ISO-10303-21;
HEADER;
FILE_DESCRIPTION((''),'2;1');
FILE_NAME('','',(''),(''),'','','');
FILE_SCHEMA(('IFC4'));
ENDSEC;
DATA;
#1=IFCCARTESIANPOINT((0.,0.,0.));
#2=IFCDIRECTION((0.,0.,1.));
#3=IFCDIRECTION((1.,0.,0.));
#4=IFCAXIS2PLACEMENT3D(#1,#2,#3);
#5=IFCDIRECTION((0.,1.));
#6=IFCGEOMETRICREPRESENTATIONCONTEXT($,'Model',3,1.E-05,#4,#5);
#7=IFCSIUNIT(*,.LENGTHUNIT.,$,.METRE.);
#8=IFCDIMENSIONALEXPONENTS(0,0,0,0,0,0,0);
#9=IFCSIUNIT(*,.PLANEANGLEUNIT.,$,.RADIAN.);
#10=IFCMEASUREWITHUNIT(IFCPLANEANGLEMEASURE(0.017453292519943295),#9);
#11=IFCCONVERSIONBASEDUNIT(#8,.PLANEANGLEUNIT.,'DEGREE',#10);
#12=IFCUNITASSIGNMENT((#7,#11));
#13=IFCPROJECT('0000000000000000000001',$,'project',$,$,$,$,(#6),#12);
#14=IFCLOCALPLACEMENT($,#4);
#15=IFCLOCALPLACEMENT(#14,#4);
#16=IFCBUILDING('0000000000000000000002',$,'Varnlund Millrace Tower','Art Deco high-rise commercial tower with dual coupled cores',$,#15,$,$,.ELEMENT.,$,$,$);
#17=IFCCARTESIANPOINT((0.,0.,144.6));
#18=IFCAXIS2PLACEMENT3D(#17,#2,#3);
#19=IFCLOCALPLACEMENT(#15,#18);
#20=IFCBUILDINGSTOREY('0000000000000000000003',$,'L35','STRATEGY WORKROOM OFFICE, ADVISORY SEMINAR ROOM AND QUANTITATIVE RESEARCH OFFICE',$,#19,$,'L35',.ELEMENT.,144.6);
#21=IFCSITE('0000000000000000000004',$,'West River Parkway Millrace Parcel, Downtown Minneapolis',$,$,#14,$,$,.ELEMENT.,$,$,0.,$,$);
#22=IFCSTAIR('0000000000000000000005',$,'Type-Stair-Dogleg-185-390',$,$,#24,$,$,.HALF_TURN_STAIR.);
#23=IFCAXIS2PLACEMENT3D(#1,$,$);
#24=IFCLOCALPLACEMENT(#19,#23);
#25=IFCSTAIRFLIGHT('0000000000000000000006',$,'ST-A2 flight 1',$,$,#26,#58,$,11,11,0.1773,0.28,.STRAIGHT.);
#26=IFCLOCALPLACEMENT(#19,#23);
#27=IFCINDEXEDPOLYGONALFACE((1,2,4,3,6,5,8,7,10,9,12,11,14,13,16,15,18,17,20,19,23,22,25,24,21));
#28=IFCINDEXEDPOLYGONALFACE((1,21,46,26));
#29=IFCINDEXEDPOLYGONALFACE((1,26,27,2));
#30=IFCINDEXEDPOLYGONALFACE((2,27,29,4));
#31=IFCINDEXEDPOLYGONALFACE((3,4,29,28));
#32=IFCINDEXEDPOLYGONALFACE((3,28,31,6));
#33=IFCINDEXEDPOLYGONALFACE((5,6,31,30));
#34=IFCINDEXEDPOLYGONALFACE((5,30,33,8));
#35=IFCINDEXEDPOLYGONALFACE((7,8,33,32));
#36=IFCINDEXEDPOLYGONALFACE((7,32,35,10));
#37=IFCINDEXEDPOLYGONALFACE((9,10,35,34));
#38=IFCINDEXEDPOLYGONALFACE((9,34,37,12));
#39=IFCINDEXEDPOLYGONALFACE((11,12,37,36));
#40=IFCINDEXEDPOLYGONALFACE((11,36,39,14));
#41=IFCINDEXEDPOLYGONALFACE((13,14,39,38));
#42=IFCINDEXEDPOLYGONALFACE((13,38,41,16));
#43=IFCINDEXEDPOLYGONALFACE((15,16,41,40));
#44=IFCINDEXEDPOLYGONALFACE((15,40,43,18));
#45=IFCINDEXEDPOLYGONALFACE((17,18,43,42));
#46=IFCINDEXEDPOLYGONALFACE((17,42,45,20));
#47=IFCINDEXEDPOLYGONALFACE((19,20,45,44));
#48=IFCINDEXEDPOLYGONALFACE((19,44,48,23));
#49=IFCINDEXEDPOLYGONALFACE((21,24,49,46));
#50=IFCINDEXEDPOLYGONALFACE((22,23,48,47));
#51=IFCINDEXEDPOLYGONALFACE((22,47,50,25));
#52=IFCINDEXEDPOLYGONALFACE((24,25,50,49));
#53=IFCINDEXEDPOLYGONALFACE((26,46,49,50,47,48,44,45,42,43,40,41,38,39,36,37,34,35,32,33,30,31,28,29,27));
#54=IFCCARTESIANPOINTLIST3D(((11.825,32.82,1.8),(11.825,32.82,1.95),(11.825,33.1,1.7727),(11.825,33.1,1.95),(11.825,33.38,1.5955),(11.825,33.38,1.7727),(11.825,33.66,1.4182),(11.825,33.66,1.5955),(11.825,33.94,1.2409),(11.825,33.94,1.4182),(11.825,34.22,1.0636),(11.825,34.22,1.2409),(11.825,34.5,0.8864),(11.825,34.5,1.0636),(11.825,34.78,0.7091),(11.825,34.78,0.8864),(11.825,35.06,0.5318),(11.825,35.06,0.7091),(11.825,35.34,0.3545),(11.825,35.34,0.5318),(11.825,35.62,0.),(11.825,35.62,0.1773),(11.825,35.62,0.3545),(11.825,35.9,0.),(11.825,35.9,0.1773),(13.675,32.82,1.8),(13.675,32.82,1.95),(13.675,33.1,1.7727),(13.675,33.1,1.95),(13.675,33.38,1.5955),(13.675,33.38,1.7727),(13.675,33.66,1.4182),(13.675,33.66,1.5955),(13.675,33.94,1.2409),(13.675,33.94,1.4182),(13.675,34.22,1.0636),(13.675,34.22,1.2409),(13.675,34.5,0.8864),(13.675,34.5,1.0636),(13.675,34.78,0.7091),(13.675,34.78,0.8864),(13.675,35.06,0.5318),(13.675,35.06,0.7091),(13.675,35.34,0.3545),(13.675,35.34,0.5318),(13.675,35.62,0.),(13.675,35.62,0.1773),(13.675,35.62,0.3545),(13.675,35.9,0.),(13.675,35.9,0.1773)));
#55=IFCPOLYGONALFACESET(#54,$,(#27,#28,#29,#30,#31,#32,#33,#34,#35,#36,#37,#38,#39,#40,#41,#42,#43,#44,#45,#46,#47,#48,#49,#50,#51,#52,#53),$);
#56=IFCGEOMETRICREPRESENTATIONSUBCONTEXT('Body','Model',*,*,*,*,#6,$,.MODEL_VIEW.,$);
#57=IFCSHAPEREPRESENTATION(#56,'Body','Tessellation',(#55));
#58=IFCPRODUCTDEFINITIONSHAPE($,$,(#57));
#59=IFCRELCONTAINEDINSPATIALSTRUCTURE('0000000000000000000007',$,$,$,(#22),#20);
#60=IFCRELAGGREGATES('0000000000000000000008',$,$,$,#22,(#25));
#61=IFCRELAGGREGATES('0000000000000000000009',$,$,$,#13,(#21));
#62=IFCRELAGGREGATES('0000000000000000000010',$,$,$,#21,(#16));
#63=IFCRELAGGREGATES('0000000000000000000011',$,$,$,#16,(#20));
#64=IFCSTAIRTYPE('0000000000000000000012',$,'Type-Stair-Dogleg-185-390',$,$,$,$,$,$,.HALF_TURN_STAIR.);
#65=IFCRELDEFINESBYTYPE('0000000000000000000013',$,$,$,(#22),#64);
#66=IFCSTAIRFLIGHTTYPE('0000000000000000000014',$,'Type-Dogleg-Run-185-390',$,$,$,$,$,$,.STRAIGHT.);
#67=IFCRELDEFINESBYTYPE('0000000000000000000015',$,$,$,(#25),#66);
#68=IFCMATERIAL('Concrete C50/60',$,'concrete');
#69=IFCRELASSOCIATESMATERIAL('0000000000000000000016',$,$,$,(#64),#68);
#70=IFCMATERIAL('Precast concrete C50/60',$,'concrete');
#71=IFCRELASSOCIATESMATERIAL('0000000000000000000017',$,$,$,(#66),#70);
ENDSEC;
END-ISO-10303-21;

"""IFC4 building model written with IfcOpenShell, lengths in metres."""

from ifc_helpers import new_model, entity, si_unit, converted_unit, direction, frame, origin_with_axes, place, context, subcontext, project, spatial, polyline, outline, extrude, material, type_object, element, aggregate, save


model = new_model("IFC4")

# Units and contexts
model_context = context("Model", 3, precision=1e-05, world=origin_with_axes(), true_north=direction((0.0, 1.0)))
body_context = subcontext(model_context, "Body", "Model", "MODEL_VIEW")
ifc_project = project(units=[si_unit("LENGTHUNIT", "METRE"), converted_unit("PLANEANGLEUNIT", "DEGREE", entity("IfcPlaneAngleMeasure", 0.017453292519943295), si_unit("PLANEANGLEUNIT", "RADIAN"), dimensions=[0, 0, 0, 0, 0, 0, 0])], contexts=[model_context])

# Site, building, storey
site_placement = place(None, origin_with_axes())
site = spatial("IfcSite", under=ifc_project, at=site_placement, Name="West River Parkway Millrace Parcel, Downtown Minneapolis", CompositionType="ELEMENT", RefElevation=0.0)
building_placement = place(site_placement, origin_with_axes())
building = spatial("IfcBuilding", under=site, at=building_placement, Name="Varnlund Millrace Tower", Description="Art Deco high-rise commercial tower with dual coupled cores", CompositionType="ELEMENT")
storey_placement = place(building_placement, frame((0.0, 0.0, 144.6), z_axis=(0.0, 0.0, 1.0), x_axis=(1.0, 0.0, 0.0)))
storey = spatial("IfcBuildingStorey", under=building, at=storey_placement, Name="L35", Description="STRATEGY WORKROOM OFFICE, ADVISORY SEMINAR ROOM AND QUANTITATIVE RESEARCH OFFICE", LongName="L35", CompositionType="ELEMENT", Elevation=144.6)

# Stair, stair flight
ifc_material_1 = material(Name="Concrete C50/60", Category="concrete")
stair_type = type_object("IfcStairType", Name="Type-Stair-Dogleg-185-390", PredefinedType="HALF_TURN_STAIR", material=ifc_material_1)
ifc_material_2 = material(Name="Precast concrete C50/60", Category="concrete")
stair_flight_type = type_object("IfcStairFlightType", Name="Type-Dogleg-Run-185-390", PredefinedType="STRAIGHT", material=ifc_material_2)
stair_1_placement = place(storey_placement, origin_with_axes())
stair_1 = element("IfcStair", 1, at=stair_1_placement, inside=storey, type_object=stair_type, Name="Type-Stair-Dogleg-185-390", PredefinedType="HALF_TURN_STAIR")
stair_flight_1_placement = place(storey_placement, frame((13.675, 35.9, 0.0), z_axis=(-1.0, 0.0, 0.0), x_axis=(0.0, -1.0, 0.0)))
stair_flight_1 = element("IfcStairFlight", 2, at=stair_flight_1_placement, type_object=stair_flight_type, Name="ST-A2 flight 1", NumberOfRisers=11, NumberOfTreads=11, PredefinedType="STRAIGHT", RiserHeight=0.1773, TreadLength=0.28, context=body_context, shape_type="SweptSolid", body=[
    extrude(outline(polyline([(0.0, 0.0), (0.0, 0.1773), (0.28, 0.1773), (0.28, 0.3545), (0.56, 0.3545), (0.56, 0.5318), (0.84, 0.5318), (0.84, 0.7091), (1.12, 0.7091), (1.12, 0.8864), (1.4, 0.8864), (1.4, 1.0636), (1.68, 1.0636), (1.68, 1.2409), (1.96, 1.2409), (1.96, 1.4182), (2.24, 1.4182), (2.24, 1.5955), (2.52, 1.5955), (2.52, 1.7727), (2.8, 1.7727), (2.8, 1.95), (3.08, 1.95), (3.08, 1.8), (0.28, 0.0), (0.0, 0.0)])), origin_with_axes(), (0.0, 0.0, 1.0), 1.85),
])
aggregate(stair_1, [stair_flight_1])

save(model, "model.ifc")
